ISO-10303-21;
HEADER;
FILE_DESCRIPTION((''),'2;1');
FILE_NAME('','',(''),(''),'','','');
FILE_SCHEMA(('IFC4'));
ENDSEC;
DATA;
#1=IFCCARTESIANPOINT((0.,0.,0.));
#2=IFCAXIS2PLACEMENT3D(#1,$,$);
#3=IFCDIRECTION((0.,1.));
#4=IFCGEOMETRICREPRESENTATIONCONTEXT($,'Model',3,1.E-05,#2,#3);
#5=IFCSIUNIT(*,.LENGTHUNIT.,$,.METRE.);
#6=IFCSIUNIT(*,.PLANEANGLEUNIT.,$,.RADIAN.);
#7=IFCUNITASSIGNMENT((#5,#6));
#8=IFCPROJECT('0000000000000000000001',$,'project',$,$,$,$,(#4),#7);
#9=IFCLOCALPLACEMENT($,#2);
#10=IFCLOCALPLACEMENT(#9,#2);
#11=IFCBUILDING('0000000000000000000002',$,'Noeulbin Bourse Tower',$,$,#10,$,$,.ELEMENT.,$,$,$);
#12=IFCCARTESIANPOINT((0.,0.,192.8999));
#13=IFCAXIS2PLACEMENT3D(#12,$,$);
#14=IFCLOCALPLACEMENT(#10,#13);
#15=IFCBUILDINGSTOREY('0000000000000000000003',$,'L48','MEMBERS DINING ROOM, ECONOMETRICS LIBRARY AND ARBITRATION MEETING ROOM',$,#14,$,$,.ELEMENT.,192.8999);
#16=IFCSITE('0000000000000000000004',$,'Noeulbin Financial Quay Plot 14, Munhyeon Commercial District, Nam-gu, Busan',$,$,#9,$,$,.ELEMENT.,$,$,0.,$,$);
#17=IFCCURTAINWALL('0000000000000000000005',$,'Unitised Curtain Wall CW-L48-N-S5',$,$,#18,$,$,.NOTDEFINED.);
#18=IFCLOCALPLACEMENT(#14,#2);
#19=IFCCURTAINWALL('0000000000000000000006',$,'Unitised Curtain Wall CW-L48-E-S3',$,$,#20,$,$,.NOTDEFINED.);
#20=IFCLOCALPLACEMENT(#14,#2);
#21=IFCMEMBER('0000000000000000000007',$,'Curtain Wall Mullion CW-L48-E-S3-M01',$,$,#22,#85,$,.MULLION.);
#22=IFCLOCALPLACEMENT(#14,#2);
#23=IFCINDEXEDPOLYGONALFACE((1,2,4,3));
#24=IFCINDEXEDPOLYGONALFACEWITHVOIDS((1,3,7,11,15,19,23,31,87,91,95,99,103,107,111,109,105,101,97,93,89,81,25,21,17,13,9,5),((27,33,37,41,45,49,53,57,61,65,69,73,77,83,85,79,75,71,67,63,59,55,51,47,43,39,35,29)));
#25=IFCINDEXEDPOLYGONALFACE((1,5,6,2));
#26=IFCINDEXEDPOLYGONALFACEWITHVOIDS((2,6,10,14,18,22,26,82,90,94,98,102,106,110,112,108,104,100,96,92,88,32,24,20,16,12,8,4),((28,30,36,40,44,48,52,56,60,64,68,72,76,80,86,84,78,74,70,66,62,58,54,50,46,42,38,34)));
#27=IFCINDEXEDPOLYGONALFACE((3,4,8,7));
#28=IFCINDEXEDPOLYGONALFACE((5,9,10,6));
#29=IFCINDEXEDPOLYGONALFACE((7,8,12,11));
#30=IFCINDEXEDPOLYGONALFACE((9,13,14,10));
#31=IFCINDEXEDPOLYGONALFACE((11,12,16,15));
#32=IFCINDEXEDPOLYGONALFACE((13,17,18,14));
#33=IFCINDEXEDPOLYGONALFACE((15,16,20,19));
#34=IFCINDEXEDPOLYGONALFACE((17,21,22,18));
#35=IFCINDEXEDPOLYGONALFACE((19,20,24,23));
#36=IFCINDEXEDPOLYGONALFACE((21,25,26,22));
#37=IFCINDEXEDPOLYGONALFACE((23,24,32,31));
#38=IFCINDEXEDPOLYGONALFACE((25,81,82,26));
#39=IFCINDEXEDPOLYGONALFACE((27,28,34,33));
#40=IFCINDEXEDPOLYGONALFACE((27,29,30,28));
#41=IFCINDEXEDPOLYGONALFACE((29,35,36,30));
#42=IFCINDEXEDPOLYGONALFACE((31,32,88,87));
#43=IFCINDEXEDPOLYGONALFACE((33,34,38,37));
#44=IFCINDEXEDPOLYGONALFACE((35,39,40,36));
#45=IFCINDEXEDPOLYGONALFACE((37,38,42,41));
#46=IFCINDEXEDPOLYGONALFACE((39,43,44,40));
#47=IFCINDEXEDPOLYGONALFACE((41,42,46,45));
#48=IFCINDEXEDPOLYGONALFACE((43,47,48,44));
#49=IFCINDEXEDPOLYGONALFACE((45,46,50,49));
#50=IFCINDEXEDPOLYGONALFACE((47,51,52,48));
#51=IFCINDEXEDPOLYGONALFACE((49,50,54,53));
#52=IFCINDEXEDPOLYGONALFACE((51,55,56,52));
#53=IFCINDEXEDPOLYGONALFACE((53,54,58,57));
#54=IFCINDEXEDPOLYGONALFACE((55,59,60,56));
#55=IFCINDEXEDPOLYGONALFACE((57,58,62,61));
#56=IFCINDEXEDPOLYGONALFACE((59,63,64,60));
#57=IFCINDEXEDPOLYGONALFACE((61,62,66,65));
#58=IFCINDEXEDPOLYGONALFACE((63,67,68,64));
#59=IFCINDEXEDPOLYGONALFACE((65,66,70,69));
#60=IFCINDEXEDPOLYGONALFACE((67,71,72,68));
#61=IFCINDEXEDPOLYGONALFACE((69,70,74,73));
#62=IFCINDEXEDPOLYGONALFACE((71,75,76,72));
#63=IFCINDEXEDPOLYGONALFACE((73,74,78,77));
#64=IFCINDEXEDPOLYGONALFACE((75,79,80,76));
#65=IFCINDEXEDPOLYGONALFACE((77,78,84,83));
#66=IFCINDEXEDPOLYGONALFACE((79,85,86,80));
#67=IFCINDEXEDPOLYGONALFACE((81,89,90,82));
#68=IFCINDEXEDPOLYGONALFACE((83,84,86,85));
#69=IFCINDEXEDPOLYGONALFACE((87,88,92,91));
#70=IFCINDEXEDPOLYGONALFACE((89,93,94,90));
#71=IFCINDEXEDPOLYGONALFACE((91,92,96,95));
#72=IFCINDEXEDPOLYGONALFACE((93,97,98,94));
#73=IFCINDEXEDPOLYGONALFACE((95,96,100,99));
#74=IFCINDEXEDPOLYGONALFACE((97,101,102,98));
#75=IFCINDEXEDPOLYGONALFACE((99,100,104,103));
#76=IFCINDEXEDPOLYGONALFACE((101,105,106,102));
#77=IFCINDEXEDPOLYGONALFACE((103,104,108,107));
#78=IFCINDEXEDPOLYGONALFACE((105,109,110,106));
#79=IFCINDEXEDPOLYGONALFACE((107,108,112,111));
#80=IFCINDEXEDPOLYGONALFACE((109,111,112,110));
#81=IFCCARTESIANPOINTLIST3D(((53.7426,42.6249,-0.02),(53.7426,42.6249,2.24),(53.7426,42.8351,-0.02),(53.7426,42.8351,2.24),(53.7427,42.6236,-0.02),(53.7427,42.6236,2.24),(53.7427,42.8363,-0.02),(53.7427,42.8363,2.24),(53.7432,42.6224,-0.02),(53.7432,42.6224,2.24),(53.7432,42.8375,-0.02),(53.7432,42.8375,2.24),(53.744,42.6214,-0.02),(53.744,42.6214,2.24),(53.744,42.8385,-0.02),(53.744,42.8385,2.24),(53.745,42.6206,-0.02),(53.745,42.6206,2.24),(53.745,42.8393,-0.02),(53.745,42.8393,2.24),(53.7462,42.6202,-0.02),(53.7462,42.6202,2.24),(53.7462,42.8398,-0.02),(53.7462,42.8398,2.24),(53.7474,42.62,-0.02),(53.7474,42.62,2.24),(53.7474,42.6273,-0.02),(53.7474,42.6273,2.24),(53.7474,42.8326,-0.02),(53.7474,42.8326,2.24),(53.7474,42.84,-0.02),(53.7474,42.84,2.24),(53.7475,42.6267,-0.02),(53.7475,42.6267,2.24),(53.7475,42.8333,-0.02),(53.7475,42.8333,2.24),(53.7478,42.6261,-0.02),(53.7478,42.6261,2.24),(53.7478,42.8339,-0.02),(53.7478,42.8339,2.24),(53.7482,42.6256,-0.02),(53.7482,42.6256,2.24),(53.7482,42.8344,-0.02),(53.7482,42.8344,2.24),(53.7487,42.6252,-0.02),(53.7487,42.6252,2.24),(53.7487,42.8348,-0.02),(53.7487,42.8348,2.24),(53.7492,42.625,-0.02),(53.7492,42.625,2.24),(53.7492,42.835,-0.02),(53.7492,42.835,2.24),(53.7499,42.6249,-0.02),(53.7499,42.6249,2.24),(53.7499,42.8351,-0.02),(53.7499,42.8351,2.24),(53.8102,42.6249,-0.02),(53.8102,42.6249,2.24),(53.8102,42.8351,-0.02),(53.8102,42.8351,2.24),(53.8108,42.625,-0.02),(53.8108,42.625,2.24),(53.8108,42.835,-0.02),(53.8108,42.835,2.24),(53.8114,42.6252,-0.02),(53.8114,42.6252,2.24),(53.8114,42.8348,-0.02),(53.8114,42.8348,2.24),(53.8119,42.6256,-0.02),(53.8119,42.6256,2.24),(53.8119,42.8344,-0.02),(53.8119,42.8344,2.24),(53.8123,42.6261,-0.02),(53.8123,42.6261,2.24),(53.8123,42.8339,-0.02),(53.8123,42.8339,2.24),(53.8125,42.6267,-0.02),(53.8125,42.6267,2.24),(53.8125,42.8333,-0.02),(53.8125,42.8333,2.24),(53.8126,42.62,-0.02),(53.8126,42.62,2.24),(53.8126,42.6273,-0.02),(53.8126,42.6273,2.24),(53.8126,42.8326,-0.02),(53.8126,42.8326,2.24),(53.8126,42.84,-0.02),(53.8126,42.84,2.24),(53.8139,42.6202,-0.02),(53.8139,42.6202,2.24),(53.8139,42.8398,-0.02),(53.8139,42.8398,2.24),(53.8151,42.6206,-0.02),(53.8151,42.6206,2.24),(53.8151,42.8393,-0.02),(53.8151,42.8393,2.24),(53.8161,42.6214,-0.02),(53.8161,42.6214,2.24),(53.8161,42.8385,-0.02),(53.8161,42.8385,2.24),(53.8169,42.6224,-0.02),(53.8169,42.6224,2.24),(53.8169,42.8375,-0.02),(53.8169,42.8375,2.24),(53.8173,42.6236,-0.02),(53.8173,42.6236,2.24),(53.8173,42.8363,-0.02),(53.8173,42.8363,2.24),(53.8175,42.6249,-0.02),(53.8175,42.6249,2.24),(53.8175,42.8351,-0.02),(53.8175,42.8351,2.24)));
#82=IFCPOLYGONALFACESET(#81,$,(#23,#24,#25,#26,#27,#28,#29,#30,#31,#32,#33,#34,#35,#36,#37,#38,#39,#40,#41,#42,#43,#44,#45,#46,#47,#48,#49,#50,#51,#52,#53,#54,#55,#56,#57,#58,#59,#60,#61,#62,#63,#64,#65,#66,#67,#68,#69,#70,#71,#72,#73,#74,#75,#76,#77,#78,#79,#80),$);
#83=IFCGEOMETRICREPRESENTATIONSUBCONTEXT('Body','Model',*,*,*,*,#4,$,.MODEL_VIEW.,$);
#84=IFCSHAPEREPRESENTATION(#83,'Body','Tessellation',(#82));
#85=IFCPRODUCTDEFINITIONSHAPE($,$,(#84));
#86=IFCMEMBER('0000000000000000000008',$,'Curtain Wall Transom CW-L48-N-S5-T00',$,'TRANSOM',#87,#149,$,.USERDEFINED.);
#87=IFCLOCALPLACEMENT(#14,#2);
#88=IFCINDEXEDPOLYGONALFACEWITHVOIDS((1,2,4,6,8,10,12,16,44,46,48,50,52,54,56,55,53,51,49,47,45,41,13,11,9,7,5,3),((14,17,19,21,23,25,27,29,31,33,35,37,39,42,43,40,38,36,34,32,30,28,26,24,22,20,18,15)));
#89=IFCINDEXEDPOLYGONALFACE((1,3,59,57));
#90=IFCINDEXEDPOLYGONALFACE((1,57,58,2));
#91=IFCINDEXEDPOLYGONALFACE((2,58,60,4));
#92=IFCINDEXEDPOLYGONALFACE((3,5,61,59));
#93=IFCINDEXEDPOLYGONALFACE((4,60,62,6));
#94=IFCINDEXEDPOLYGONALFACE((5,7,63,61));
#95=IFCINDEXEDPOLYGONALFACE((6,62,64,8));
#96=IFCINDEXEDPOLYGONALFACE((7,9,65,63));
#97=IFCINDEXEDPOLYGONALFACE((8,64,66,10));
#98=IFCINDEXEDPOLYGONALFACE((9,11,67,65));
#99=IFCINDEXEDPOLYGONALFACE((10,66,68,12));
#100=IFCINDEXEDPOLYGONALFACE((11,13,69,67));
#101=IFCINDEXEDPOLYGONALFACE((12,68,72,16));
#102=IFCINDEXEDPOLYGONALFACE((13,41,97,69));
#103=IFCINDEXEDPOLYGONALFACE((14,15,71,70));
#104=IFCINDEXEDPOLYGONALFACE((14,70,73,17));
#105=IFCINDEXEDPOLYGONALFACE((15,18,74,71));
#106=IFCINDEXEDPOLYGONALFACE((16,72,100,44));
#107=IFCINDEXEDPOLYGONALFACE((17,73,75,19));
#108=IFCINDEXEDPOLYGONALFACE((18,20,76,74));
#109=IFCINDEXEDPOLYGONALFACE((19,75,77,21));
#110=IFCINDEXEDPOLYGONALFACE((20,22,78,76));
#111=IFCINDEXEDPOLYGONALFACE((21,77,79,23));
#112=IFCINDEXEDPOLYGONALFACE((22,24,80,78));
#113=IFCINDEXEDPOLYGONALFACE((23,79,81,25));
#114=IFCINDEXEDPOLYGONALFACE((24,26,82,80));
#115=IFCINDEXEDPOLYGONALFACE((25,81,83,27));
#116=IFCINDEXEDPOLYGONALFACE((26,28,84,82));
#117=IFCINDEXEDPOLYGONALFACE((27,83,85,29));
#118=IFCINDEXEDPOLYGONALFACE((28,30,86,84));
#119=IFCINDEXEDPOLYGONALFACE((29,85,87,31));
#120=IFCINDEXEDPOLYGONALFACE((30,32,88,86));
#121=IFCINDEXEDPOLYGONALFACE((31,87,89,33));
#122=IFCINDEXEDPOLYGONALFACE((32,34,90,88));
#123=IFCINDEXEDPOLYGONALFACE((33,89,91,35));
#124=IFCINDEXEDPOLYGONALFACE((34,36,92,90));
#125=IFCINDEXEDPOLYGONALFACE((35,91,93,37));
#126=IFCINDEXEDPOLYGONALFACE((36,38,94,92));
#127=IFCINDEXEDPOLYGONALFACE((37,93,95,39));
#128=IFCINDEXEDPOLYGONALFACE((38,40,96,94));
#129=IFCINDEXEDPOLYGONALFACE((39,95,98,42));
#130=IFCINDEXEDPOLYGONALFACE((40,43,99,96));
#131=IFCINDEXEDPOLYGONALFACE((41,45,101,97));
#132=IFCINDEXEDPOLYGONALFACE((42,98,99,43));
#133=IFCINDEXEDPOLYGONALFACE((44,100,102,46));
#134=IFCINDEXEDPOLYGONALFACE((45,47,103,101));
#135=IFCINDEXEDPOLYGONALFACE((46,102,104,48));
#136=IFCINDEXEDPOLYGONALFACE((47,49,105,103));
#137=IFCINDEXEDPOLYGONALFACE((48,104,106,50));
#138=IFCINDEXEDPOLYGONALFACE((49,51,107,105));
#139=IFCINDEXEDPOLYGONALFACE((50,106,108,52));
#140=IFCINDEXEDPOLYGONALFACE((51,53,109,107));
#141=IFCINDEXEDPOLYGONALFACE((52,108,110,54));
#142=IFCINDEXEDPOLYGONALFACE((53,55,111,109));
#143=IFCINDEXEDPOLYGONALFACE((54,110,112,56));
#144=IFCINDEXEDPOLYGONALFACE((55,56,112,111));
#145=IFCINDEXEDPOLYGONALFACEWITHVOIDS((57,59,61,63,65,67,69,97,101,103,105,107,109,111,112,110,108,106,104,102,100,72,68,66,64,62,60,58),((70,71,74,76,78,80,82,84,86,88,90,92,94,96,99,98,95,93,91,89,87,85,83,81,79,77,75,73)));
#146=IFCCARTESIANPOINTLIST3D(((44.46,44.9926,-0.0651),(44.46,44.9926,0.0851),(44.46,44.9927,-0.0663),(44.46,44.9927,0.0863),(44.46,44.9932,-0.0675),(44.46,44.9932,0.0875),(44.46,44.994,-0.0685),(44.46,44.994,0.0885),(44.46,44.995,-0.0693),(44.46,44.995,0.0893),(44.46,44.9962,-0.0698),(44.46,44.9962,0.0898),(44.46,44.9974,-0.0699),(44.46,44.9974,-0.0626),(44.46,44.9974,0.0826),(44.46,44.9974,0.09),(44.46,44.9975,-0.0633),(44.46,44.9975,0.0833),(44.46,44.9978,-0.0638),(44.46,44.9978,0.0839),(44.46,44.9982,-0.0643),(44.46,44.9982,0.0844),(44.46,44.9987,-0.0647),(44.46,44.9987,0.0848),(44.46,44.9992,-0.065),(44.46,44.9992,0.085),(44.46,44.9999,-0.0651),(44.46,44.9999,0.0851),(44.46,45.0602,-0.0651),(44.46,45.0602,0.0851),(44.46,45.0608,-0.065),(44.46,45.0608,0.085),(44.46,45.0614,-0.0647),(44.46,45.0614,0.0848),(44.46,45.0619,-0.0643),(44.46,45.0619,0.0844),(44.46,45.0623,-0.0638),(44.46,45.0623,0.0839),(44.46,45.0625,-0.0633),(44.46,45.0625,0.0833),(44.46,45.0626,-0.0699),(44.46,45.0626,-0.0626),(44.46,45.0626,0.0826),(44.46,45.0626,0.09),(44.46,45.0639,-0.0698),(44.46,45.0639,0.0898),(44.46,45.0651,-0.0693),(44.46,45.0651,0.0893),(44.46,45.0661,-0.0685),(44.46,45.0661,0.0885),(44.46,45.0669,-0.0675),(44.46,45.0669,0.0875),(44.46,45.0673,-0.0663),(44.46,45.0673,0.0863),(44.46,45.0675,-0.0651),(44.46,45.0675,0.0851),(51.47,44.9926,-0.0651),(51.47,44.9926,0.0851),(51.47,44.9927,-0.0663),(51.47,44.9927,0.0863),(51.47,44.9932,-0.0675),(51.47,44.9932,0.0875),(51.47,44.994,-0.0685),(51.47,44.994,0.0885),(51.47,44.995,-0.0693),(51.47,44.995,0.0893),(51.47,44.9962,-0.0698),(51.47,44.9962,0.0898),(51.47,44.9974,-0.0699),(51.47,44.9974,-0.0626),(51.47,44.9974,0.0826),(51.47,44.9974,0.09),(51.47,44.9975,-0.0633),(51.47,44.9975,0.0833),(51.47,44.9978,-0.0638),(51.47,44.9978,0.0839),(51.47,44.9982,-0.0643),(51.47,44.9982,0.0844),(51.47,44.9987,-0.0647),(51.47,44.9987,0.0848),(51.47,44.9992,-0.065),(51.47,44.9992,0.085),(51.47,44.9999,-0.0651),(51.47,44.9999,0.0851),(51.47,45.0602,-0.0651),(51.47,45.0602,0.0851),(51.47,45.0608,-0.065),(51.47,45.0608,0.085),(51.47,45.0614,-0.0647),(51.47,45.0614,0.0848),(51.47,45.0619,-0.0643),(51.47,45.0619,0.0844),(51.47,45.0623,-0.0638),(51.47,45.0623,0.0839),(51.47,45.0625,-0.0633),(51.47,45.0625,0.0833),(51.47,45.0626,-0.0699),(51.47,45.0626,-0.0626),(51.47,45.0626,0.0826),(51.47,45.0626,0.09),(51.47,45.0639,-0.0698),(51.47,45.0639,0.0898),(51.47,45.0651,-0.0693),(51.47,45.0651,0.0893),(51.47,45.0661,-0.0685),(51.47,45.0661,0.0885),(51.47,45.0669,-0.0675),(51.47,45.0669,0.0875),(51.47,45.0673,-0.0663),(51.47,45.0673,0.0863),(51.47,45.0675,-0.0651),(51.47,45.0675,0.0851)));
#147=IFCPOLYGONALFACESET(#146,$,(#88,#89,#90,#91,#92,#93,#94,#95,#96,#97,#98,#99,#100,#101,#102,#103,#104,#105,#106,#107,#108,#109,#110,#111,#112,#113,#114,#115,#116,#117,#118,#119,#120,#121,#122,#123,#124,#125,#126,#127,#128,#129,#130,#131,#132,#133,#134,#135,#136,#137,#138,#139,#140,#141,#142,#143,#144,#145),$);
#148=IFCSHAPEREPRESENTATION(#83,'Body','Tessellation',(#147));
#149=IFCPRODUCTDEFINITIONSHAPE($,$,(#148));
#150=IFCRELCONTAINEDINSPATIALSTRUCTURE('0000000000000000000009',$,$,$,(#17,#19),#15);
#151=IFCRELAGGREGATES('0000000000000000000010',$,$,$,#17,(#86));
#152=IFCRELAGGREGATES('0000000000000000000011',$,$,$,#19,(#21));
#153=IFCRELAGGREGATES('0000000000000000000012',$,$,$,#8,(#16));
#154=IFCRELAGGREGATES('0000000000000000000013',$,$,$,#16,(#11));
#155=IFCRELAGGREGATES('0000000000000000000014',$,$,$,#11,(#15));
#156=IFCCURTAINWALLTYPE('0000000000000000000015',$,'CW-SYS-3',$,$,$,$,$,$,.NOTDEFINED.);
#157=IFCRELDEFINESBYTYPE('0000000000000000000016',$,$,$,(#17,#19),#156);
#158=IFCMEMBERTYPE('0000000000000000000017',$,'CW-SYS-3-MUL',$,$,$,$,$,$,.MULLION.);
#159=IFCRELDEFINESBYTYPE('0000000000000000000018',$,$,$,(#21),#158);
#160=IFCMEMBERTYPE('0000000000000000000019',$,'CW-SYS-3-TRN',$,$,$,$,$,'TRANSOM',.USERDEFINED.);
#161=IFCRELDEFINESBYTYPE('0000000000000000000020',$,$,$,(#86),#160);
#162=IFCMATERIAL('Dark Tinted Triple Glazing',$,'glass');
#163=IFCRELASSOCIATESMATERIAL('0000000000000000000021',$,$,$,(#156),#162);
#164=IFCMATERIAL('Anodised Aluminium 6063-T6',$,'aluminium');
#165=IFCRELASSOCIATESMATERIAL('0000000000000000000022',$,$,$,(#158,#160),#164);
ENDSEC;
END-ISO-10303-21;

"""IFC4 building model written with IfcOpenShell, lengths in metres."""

from ifc_helpers import new_model, si_unit, direction, frame, origin, origin_2d, place, context, subcontext, project, spatial, hollow_rectangle, extrude, material, material_profile, profile_set, type_object, element, aggregate, save


model = new_model("IFC4")

# Units and contexts
model_context = context("Model", 3, precision=1e-05, world=origin(), true_north=direction((0.0, 1.0)))
body_context = subcontext(model_context, "Body", "Model", "MODEL_VIEW")
ifc_project = project(units=[si_unit("LENGTHUNIT", "METRE"), si_unit("PLANEANGLEUNIT", "RADIAN")], contexts=[model_context])

# Site, building, storey
site_placement = place(None, origin())
site = spatial("IfcSite", under=ifc_project, at=site_placement, Name="Noeulbin Financial Quay Plot 14, Munhyeon Commercial District, Nam-gu, Busan", CompositionType="ELEMENT", RefElevation=0.0)
building_placement = place(site_placement, origin())
building = spatial("IfcBuilding", under=site, at=building_placement, Name="Noeulbin Bourse Tower", CompositionType="ELEMENT")
storey_placement = place(building_placement, frame((0.0, 0.0, 192.8999)))
storey = spatial("IfcBuildingStorey", under=building, at=storey_placement, Name="L48", Description="MEMBERS DINING ROOM, ECONOMETRICS LIBRARY AND ARBITRATION MEETING ROOM", CompositionType="ELEMENT", Elevation=192.8999)

# Shared definitions
ifc_material_1 = material(Name="Dark Tinted Triple Glazing", Category="glass")
curtain_wall_type = type_object("IfcCurtainWallType", Name="CW-SYS-3", PredefinedType="NOTDEFINED", material=ifc_material_1)
ifc_material_2 = material(Name="Anodised Aluminium 6063-T6", Category="aluminium")
ifc_material_profile_1 = material_profile(ifc_material_2, hollow_rectangle(XDim=0.075, YDim=0.22, WallThickness=0.0049, InnerFilletRadius=0.0024, OuterFilletRadius=0.0049, at=origin_2d()), Name="ALU-MULL-75x220x5", Category="LoadBearing")
ifc_profile_set_1 = profile_set([ifc_material_profile_1], Name="Anodised Aluminium 6063-T6")
member_type_1 = type_object("IfcMemberType", Name="CW-SYS-3-MUL", PredefinedType="MULLION", material=ifc_profile_set_1)

# Curtain walls, member
curtain_wall_1_placement = place(storey_placement, origin())
curtain_wall_1 = element("IfcCurtainWall", 1, at=curtain_wall_1_placement, inside=storey, type_object=curtain_wall_type, Name="Unitised Curtain Wall CW-L48-N-S5", PredefinedType="NOTDEFINED")
curtain_wall_2_placement = place(storey_placement, origin())
curtain_wall_2 = element("IfcCurtainWall", 2, at=curtain_wall_2_placement, inside=storey, type_object=curtain_wall_type, Name="Unitised Curtain Wall CW-L48-E-S3", PredefinedType="NOTDEFINED")
member_1_placement = place(storey_placement, frame((53.78, 42.73, -0.02), z_axis=(0.0, 0.0, 1.0), x_axis=(1.0, 0.0, 0.0)))
member_1 = element("IfcMember", 3, at=member_1_placement, type_object=member_type_1, Name="Curtain Wall Mullion CW-L48-E-S3-M01", PredefinedType="MULLION", context=body_context, shape_type="SweptSolid", body=[
    extrude(hollow_rectangle(XDim=0.075, YDim=0.22, WallThickness=0.0049, InnerFilletRadius=0.0024, OuterFilletRadius=0.0049, at=origin_2d()), origin(), (0.0, 0.0, 1.0), 2.26),
])

# Member
ifc_material_profile_2 = material_profile(ifc_material_2, hollow_rectangle(XDim=0.075, YDim=0.1599, WallThickness=0.0049, InnerFilletRadius=0.0024, OuterFilletRadius=0.0049, at=origin_2d()), Name="ALU-TRAN-75x160x5", Category="LoadBearing")
ifc_profile_set_2 = profile_set([ifc_material_profile_2], Name="Anodised Aluminium 6063-T6")
member_type_2 = type_object("IfcMemberType", Name="CW-SYS-3-TRN", ElementType="TRANSOM", PredefinedType="USERDEFINED", material=ifc_profile_set_2)
member_2_placement = place(storey_placement, frame((44.46, 45.03, 0.01), z_axis=(1.0, 0.0, 0.0), x_axis=(0.0, 1.0, 0.0)))
member_2 = element("IfcMember", 4, at=member_2_placement, type_object=member_type_2, Name="Curtain Wall Transom CW-L48-N-S5-T00", ObjectType="TRANSOM", PredefinedType="USERDEFINED", context=body_context, shape_type="SweptSolid", body=[
    extrude(hollow_rectangle(XDim=0.075, YDim=0.1599, WallThickness=0.0049, InnerFilletRadius=0.0024, OuterFilletRadius=0.0049, at=origin_2d()), origin(), (0.0, 0.0, 1.0), 7.01),
])

aggregate(curtain_wall_1, [member_2])
aggregate(curtain_wall_2, [member_1])

save(model, "model.ifc")
